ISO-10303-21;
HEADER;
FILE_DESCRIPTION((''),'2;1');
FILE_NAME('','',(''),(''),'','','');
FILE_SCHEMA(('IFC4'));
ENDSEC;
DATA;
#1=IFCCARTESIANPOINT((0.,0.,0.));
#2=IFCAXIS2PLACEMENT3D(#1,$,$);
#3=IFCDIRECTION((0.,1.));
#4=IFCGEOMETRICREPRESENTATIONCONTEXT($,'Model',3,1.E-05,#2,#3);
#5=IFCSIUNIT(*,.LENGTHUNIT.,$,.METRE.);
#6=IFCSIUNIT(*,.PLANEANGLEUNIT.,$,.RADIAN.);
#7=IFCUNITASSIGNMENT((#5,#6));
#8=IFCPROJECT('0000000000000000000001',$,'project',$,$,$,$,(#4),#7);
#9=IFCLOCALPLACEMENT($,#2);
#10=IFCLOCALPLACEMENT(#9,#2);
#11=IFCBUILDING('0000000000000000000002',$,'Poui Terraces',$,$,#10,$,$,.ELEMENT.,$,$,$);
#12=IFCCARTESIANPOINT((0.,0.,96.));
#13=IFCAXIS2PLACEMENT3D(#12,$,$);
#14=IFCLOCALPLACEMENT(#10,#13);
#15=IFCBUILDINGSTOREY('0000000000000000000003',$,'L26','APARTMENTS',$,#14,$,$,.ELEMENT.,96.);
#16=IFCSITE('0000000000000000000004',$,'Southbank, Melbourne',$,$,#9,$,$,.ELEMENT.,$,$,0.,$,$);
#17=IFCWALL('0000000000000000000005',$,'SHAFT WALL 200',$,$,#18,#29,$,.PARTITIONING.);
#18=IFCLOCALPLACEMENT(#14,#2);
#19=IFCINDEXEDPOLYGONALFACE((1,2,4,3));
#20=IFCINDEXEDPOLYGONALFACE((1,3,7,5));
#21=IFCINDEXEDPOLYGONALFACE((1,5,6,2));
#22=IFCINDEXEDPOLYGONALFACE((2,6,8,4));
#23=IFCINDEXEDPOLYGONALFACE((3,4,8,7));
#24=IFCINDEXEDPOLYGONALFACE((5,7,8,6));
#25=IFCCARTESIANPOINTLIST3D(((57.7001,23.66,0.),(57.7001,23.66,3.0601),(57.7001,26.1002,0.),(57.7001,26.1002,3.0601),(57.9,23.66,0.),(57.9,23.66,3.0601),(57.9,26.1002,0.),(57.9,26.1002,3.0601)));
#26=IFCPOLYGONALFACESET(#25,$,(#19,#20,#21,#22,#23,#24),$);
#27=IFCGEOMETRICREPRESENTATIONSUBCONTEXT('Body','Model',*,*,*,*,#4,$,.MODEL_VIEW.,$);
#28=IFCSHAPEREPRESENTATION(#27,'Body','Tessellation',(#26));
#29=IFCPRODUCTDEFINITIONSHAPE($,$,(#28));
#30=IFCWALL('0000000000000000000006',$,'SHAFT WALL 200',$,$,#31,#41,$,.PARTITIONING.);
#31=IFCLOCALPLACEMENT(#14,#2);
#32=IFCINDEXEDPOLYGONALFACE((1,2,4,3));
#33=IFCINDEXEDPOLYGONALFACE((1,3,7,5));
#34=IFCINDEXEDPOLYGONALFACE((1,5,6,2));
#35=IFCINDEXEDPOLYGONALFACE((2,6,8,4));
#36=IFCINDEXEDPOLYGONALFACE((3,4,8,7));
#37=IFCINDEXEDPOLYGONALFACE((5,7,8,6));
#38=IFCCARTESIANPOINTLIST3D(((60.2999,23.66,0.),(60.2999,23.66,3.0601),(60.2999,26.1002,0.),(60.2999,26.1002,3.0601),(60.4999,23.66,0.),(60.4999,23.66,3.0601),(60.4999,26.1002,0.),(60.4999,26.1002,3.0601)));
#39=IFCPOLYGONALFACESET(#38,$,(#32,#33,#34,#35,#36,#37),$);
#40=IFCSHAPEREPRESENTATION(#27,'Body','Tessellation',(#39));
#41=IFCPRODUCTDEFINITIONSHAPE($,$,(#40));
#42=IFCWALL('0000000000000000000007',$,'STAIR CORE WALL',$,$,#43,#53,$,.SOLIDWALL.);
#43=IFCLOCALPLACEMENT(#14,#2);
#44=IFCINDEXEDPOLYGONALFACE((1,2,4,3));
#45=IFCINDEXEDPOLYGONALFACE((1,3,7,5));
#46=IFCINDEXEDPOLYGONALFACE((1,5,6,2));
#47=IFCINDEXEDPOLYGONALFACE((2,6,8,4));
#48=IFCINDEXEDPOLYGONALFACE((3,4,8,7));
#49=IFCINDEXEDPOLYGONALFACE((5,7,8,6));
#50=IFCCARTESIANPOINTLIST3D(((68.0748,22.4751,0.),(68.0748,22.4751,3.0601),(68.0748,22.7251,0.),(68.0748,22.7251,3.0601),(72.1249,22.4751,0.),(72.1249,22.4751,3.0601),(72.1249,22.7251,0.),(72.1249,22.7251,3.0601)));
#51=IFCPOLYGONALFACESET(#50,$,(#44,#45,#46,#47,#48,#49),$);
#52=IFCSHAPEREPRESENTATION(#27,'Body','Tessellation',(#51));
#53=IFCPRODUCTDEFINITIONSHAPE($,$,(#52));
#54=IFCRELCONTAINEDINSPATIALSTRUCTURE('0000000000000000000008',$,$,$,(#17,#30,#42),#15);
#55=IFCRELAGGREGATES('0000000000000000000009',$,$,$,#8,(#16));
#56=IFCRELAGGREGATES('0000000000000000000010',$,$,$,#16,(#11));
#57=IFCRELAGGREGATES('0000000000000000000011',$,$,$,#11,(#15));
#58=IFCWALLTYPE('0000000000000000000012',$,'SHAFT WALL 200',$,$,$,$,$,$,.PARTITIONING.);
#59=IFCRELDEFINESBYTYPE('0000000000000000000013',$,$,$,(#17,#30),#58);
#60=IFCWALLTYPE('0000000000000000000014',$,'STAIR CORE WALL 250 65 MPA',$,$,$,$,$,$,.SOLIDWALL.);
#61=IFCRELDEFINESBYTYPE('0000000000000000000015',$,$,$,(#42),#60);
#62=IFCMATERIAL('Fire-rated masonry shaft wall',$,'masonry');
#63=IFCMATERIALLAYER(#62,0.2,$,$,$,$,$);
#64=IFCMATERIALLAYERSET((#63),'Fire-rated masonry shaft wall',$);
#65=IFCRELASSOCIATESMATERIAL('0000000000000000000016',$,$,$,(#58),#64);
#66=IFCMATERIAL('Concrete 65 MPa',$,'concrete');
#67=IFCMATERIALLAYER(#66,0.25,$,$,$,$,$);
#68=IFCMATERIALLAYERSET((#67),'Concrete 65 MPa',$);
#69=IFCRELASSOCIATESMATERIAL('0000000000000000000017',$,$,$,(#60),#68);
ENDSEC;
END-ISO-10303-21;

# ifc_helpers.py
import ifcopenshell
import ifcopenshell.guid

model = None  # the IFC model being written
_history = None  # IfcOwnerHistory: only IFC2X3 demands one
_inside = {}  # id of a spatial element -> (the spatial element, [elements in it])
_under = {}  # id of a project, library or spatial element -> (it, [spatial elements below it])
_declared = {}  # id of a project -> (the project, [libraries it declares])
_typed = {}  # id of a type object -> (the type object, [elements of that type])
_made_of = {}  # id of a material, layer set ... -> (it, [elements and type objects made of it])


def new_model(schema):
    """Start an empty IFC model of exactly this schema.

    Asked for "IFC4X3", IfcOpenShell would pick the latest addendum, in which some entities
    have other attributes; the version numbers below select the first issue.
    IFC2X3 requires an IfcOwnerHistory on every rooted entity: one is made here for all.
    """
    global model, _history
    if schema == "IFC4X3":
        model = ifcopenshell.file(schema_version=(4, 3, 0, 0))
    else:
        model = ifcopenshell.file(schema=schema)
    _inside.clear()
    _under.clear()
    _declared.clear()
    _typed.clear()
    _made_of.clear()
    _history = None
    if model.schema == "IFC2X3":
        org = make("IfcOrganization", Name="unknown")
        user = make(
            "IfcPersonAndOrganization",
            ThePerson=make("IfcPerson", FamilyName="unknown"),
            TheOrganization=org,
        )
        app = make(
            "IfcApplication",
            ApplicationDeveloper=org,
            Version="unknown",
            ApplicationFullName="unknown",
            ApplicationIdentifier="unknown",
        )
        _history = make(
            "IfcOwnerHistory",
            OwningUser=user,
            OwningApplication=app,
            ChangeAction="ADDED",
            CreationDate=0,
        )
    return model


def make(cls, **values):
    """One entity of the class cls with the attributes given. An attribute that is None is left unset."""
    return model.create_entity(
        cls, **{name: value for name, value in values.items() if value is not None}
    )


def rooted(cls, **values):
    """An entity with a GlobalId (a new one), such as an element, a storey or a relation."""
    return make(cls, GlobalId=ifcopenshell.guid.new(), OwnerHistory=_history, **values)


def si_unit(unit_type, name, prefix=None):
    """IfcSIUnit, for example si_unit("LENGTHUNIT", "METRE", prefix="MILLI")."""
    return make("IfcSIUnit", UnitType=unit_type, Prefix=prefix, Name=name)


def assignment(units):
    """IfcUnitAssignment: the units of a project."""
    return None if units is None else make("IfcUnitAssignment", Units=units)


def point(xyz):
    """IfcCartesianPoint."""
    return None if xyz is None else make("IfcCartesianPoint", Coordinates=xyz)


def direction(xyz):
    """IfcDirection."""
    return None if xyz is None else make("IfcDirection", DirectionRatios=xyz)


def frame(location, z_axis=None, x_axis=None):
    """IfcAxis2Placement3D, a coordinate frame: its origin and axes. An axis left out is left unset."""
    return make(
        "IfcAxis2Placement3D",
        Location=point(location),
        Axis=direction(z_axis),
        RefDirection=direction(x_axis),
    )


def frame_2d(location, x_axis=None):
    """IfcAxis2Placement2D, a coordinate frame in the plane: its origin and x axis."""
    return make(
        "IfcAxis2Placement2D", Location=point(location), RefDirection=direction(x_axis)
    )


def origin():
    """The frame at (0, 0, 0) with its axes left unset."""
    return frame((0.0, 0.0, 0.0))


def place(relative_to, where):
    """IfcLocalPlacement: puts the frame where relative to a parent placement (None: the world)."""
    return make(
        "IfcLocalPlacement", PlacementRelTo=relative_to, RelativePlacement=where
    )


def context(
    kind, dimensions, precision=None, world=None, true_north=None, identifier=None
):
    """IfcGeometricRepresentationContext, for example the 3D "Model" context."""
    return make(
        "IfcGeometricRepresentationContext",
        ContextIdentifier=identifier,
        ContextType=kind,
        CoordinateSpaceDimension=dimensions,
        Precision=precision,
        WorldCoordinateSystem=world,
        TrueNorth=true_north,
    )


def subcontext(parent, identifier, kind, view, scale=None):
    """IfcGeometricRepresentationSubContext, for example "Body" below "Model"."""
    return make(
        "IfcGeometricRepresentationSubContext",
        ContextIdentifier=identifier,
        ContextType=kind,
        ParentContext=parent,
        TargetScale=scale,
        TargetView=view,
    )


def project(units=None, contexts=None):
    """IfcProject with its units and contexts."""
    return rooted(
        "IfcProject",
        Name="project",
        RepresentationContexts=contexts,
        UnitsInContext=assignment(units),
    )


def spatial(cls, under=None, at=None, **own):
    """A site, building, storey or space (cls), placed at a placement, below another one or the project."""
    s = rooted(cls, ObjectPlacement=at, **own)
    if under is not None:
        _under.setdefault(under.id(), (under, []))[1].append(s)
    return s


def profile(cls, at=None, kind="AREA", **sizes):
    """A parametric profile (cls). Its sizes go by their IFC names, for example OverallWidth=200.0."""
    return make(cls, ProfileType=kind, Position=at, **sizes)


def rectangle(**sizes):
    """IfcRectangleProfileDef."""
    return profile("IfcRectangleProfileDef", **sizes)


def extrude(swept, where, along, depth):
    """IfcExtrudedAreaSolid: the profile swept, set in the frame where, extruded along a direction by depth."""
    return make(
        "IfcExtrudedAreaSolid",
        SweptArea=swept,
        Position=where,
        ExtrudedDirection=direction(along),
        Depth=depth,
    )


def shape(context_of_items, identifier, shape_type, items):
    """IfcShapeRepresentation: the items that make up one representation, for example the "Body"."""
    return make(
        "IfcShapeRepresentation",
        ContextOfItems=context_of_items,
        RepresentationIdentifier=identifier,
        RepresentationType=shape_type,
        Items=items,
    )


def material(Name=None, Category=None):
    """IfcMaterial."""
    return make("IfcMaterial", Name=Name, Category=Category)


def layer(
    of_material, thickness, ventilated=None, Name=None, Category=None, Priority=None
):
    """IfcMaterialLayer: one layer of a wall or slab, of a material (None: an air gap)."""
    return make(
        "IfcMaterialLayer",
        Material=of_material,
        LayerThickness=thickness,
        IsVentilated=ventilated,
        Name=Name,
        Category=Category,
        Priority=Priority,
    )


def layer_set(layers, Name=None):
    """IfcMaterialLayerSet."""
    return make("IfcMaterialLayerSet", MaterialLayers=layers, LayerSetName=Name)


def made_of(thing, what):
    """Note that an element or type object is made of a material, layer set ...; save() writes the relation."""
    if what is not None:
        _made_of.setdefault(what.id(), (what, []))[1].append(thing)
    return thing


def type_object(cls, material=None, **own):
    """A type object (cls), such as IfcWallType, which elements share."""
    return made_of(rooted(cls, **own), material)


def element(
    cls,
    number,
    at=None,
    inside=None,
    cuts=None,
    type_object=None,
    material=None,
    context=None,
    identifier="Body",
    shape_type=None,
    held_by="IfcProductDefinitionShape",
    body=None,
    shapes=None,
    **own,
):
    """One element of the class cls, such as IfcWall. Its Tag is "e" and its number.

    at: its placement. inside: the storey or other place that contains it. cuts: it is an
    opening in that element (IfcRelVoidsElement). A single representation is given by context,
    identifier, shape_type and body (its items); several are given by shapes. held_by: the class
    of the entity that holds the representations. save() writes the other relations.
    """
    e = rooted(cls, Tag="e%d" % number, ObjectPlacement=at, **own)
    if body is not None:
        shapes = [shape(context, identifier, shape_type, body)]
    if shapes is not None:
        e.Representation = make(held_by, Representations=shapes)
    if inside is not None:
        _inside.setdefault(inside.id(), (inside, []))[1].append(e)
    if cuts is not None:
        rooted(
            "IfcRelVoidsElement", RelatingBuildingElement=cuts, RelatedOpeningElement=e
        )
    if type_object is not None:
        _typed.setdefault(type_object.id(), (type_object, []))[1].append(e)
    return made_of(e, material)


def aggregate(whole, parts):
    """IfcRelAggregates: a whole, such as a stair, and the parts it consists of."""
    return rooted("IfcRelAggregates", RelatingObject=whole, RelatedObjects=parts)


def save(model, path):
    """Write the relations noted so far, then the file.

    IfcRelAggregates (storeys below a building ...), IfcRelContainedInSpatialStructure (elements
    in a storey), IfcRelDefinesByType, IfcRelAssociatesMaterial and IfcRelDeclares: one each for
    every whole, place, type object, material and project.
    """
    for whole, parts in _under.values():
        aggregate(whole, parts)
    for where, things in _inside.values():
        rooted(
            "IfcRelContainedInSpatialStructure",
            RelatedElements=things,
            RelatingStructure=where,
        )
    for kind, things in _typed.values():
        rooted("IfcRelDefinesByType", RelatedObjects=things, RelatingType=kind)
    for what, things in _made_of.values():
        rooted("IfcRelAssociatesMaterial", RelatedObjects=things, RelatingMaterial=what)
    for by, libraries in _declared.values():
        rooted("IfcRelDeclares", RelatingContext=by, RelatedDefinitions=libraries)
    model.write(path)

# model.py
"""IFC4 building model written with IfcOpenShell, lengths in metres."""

from ifc_helpers import new_model, si_unit, direction, frame, frame_2d, origin, place, context, subcontext, project, spatial, rectangle, extrude, material, layer, layer_set, type_object, element, save


model = new_model("IFC4")

# Units and contexts
model_context = context("Model", 3, precision=1e-05, world=origin(), true_north=direction((0.0, 1.0)))
body_context = subcontext(model_context, "Body", "Model", "MODEL_VIEW")
ifc_project = project(units=[si_unit("LENGTHUNIT", "METRE"), si_unit("PLANEANGLEUNIT", "RADIAN")], contexts=[model_context])

# Site, building, storey
site_placement = place(None, origin())
site = spatial("IfcSite", under=ifc_project, at=site_placement, Name="Southbank, Melbourne", CompositionType="ELEMENT", RefElevation=0.0)
building_placement = place(site_placement, origin())
building = spatial("IfcBuilding", under=site, at=building_placement, Name="Poui Terraces", CompositionType="ELEMENT")
storey_placement = place(building_placement, frame((0.0, 0.0, 96.0)))
storey = spatial("IfcBuildingStorey", under=building, at=storey_placement, Name="L26", Description="APARTMENTS", CompositionType="ELEMENT", Elevation=96.0)

# Shared definitions
ifc_material_1 = material(Name="Concrete 65 MPa", Category="concrete")

# Walls
ifc_material_2 = material(Name="Fire-rated masonry shaft wall", Category="masonry")
ifc_layer_1 = layer(ifc_material_2, 0.2)
ifc_layer_set_1 = layer_set([ifc_layer_1], Name="Fire-rated masonry shaft wall")
wall_type_1 = type_object("IfcWallType", Name="SHAFT WALL 200", PredefinedType="PARTITIONING", material=ifc_layer_set_1)
for number, where, z_axis, x_axis, name in (
    (1, (57.8, 23.6599, 0.0), (0.0, 0.0, 1.0), (0.0, 1.0, 0.0), "SHAFT WALL 200"),
    (2, (60.3999, 23.6599, 0.0), (0.0, 0.0, 1.0), (0.0, 1.0, 0.0), "SHAFT WALL 200"),
):
    element("IfcWall", number, at=place(storey_placement, frame(where, z_axis=z_axis, x_axis=x_axis)), inside=storey, type_object=wall_type_1, Name=name, PredefinedType="PARTITIONING", context=body_context, shape_type="SweptSolid", body=[
        extrude(rectangle(XDim=2.4402, YDim=0.2, at=frame_2d((1.2202, 0.0))), origin(), (0.0, 0.0, 1.0), 3.0601),
    ])
ifc_layer_2 = layer(ifc_material_1, 0.25)
ifc_layer_set_2 = layer_set([ifc_layer_2], Name="Concrete 65 MPa")
wall_type_2 = type_object("IfcWallType", Name="STAIR CORE WALL 250 65 MPA", PredefinedType="SOLIDWALL", material=ifc_layer_set_2)
wall_1_placement = place(storey_placement, frame((68.075, 22.6001, 0.0), z_axis=(0.0, 0.0, 1.0), x_axis=(1.0, 0.0, 0.0)))
element("IfcWall", 3, at=wall_1_placement, inside=storey, type_object=wall_type_2, Name="STAIR CORE WALL", PredefinedType="SOLIDWALL", context=body_context, shape_type="SweptSolid", body=[
    extrude(rectangle(XDim=4.05, YDim=0.25, at=frame_2d((2.0249, 0.0))), origin(), (0.0, 0.0, 1.0), 3.0601),
])

save(model, "model.ifc")
